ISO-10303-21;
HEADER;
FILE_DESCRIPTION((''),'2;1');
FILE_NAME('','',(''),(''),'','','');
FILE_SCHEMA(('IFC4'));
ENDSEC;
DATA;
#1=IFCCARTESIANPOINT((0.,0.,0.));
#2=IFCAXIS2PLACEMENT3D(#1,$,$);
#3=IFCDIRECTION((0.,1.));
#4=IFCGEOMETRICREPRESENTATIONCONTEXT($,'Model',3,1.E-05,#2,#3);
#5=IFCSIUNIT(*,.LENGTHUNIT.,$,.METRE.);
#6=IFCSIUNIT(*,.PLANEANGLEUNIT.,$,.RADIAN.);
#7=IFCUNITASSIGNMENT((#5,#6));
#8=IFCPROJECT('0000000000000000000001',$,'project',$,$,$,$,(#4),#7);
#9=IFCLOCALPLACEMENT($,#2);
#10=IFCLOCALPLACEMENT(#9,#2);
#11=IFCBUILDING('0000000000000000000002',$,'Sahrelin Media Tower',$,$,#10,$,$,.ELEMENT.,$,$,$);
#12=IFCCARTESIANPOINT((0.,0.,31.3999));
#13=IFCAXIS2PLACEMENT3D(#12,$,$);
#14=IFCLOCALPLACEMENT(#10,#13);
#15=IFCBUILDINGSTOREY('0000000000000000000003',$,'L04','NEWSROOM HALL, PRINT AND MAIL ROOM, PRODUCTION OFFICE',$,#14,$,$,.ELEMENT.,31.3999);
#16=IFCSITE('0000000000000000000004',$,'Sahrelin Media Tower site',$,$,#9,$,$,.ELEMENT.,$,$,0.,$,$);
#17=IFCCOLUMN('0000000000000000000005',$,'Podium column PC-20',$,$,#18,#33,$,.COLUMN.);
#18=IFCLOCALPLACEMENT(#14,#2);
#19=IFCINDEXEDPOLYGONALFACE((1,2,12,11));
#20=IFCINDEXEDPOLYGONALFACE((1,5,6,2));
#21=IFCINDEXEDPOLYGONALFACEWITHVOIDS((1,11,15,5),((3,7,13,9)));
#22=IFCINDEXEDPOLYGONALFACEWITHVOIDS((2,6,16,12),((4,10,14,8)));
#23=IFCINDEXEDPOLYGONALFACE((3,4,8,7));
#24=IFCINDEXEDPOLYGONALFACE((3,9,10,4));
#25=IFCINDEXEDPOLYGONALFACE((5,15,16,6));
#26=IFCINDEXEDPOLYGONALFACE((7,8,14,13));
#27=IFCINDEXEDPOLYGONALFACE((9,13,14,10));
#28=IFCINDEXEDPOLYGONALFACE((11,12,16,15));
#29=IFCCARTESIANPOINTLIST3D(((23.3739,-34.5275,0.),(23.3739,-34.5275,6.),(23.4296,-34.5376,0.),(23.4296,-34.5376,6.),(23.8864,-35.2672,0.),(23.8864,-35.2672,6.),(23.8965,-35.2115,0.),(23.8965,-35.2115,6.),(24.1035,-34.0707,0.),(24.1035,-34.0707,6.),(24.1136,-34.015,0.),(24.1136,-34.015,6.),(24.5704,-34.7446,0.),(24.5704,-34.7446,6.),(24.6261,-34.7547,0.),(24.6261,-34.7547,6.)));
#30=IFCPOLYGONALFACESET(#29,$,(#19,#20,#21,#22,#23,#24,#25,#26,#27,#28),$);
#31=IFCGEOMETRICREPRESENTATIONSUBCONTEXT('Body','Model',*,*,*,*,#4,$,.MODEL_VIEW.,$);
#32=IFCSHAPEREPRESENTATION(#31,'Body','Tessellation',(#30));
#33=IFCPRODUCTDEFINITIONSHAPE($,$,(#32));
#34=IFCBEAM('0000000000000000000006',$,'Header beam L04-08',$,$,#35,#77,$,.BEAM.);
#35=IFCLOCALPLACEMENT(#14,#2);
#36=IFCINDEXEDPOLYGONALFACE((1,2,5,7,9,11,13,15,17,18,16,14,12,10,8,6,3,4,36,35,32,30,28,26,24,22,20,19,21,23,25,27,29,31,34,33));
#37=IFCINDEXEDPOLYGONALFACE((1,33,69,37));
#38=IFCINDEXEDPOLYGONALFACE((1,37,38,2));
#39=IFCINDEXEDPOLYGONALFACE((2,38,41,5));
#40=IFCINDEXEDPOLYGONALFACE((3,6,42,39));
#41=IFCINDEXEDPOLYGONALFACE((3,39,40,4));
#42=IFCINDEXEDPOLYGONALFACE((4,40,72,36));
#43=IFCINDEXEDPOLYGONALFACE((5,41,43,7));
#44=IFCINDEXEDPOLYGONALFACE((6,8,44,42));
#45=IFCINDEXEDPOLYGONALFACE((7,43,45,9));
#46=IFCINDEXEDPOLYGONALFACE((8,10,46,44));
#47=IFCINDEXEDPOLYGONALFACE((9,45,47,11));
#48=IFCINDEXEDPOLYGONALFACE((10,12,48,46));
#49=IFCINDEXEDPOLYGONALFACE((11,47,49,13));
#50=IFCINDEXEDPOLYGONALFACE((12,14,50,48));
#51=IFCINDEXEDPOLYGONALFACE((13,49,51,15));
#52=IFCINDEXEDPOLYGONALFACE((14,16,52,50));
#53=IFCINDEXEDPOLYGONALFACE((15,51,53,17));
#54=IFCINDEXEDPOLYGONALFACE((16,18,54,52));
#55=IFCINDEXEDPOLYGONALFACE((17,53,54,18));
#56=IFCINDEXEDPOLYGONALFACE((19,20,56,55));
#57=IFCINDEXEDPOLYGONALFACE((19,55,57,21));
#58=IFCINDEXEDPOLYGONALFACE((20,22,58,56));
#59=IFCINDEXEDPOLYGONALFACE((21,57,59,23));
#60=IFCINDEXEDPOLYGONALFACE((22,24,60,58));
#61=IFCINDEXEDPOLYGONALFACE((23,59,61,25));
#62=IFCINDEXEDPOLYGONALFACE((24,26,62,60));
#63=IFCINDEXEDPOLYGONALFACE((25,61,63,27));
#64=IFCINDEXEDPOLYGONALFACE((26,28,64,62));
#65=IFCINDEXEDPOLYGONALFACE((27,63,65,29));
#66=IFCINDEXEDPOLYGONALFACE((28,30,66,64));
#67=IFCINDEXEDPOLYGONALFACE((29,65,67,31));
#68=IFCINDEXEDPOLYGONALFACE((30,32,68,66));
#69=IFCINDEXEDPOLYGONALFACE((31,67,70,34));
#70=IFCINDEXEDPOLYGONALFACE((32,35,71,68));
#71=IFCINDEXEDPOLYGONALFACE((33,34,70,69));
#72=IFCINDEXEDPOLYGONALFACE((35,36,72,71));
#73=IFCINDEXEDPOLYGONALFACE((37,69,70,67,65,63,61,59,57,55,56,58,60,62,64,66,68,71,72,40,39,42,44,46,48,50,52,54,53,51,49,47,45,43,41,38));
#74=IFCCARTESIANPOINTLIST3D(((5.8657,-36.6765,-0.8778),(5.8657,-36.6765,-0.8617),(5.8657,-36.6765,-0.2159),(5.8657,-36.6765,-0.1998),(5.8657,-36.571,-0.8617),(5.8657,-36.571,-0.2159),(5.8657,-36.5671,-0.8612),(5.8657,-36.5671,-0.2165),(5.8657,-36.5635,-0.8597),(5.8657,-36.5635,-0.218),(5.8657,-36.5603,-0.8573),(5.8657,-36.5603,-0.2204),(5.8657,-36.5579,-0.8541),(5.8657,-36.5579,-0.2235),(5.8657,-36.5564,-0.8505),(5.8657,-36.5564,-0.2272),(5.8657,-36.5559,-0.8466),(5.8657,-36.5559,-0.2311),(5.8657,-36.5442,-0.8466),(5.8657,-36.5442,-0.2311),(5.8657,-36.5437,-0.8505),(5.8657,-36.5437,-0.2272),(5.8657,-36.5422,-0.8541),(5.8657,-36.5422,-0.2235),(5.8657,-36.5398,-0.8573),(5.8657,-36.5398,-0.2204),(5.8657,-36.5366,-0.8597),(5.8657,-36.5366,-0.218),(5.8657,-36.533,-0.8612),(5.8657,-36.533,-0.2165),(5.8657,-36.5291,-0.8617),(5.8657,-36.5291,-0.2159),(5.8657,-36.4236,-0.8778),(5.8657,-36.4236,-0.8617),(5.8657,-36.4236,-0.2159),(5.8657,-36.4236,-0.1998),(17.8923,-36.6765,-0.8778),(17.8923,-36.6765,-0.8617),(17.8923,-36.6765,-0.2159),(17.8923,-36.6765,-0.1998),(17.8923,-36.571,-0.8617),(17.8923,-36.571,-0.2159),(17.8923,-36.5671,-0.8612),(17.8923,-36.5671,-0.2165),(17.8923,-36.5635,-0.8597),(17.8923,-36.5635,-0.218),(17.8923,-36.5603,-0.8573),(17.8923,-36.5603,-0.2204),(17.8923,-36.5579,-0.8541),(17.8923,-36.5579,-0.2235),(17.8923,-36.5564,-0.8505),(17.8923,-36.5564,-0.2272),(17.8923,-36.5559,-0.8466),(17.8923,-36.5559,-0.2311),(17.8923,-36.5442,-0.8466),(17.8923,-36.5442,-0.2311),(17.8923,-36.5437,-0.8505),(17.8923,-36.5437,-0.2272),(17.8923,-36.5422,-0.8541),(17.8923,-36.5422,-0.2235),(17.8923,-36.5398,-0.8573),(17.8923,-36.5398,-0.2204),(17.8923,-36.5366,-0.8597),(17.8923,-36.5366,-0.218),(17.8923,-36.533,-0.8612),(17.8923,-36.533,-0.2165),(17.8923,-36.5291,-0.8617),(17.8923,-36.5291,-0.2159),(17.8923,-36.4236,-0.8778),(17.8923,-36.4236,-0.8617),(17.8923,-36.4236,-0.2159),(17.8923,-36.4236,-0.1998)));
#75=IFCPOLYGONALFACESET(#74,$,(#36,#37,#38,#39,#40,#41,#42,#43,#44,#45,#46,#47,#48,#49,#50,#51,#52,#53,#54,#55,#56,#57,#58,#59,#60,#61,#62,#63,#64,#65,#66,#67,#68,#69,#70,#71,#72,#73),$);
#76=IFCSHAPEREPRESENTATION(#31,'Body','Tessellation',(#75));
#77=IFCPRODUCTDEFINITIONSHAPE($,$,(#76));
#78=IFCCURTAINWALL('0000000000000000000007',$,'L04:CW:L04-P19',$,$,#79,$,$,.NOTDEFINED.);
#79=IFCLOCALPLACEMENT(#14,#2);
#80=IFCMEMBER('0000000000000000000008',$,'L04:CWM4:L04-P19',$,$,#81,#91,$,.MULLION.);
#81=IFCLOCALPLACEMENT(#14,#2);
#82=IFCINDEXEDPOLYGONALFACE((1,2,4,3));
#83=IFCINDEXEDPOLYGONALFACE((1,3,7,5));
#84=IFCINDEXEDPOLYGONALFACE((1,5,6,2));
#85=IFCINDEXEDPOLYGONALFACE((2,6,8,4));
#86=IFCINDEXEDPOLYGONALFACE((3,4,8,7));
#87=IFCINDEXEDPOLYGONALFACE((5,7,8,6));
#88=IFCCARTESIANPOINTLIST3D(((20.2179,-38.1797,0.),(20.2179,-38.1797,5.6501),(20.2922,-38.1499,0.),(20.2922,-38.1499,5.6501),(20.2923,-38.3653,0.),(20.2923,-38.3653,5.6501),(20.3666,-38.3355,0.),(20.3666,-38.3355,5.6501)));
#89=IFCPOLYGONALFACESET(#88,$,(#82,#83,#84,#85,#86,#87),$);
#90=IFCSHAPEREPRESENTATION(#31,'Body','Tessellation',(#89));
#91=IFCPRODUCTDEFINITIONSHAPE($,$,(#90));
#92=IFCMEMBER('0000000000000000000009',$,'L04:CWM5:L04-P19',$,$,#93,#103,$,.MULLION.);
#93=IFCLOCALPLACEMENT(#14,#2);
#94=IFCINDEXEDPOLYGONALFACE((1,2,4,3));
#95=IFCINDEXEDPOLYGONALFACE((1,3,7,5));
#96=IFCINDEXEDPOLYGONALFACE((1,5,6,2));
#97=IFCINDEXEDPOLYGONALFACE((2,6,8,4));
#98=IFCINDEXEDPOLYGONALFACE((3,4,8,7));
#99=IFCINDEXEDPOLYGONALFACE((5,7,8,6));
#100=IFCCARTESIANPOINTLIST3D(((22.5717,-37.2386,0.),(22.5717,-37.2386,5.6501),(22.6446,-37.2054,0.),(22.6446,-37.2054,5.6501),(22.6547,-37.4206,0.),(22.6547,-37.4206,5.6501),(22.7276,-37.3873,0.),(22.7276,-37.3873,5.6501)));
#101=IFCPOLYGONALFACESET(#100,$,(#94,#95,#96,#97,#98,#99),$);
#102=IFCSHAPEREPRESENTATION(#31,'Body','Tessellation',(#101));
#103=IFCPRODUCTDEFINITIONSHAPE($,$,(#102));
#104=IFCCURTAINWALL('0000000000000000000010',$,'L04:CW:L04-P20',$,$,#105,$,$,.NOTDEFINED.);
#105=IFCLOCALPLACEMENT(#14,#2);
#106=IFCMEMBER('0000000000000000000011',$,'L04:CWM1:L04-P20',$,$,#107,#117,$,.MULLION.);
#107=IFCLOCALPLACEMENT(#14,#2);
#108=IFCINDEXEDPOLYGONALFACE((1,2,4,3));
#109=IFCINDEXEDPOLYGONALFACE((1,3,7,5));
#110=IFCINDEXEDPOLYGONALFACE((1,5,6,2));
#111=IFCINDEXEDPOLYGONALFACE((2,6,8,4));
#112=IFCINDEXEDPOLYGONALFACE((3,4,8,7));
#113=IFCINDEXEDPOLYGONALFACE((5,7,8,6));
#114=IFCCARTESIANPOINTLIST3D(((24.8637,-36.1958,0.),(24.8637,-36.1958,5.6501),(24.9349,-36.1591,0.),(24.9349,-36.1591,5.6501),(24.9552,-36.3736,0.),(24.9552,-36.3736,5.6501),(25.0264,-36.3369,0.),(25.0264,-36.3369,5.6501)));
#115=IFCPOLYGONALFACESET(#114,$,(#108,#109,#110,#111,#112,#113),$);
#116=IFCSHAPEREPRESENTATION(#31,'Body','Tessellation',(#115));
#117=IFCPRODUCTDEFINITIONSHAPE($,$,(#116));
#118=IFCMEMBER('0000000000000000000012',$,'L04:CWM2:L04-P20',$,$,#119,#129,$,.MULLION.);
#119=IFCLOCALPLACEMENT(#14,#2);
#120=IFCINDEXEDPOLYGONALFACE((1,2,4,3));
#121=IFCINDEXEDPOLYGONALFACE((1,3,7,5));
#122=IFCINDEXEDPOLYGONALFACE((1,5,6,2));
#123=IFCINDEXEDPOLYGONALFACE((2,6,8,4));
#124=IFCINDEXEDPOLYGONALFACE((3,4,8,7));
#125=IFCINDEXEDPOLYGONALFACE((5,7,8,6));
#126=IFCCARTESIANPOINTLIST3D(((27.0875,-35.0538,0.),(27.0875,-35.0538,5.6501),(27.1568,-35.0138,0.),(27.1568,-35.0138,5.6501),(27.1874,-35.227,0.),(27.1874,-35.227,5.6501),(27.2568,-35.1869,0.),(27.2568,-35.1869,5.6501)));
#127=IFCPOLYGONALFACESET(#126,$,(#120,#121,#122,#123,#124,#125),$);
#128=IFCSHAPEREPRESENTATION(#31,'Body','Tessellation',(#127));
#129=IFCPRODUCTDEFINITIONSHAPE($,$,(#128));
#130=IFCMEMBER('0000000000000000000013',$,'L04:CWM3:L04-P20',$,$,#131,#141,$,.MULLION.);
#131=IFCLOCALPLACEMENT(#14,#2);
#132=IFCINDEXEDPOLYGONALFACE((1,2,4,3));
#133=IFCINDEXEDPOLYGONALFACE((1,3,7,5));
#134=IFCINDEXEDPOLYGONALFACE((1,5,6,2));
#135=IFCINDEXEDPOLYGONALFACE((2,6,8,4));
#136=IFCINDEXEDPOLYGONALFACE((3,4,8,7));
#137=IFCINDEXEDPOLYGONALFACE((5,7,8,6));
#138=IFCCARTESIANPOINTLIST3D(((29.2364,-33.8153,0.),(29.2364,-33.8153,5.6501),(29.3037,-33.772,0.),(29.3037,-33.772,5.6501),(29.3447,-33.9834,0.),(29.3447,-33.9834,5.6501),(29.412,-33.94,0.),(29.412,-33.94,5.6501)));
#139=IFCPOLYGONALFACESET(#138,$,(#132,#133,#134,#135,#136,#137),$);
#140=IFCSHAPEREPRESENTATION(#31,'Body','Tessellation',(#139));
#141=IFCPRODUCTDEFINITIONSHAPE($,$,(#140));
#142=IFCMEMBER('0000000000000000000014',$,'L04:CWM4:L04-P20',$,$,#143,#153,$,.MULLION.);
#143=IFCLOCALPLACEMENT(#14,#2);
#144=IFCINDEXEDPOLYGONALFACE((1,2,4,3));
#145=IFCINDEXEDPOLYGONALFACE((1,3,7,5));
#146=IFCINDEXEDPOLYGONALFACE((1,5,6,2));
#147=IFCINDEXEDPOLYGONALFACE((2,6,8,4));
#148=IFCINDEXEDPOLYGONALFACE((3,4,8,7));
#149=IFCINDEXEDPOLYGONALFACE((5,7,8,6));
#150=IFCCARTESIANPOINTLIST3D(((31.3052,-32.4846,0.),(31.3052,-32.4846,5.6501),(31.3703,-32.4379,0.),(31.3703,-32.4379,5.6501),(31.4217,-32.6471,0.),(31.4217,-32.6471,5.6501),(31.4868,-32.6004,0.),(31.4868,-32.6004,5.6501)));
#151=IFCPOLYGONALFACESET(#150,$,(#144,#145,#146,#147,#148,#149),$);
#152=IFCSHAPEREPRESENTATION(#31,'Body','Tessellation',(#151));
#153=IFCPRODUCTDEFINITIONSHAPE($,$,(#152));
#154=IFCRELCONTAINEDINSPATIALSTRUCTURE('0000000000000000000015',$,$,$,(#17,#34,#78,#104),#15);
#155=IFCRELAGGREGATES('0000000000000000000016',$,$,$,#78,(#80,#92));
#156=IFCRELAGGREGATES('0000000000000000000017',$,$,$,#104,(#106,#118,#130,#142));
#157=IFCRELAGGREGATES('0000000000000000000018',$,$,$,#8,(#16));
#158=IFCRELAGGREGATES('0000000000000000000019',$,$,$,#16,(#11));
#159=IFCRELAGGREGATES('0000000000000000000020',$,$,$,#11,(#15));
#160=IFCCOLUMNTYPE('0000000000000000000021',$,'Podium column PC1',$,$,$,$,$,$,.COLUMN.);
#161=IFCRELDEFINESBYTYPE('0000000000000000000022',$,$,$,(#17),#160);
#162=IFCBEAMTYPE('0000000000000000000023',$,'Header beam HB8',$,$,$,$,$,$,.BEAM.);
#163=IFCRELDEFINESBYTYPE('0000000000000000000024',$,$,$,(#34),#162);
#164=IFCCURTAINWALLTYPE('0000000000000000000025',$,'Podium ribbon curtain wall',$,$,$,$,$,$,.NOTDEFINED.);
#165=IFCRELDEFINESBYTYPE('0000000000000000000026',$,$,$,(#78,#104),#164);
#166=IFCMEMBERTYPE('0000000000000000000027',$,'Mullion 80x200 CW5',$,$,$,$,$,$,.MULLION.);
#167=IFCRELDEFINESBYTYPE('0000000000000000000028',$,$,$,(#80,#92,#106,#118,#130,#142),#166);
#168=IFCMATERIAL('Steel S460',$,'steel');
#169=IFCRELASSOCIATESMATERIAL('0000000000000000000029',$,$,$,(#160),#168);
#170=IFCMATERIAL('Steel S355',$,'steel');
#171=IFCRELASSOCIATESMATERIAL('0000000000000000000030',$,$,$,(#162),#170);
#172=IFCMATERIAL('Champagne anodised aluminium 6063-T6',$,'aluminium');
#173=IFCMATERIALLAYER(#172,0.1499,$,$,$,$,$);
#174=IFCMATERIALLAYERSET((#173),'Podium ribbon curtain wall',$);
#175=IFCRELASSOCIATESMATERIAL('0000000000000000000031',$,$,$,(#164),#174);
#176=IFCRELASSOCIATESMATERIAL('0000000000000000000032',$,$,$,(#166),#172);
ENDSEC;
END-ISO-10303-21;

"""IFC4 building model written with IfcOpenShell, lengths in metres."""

from ifc_helpers import new_model, si_unit, direction, frame, origin, origin_2d, place, context, subcontext, project, spatial, rectangle, hollow_rectangle, i_section, extrude, material, layer, layer_set, material_profile, profile_set, type_object, element, aggregate, save


model = new_model("IFC4")

# Units and contexts
model_context = context("Model", 3, precision=1e-05, world=origin(), true_north=direction((0.0, 1.0)))
body_context = subcontext(model_context, "Body", "Model", "MODEL_VIEW")
ifc_project = project(units=[si_unit("LENGTHUNIT", "METRE"), si_unit("PLANEANGLEUNIT", "RADIAN")], contexts=[model_context])

# Site, building, storey
site_placement = place(None, origin())
site = spatial("IfcSite", under=ifc_project, at=site_placement, Name="Sahrelin Media Tower site", CompositionType="ELEMENT", RefElevation=0.0)
building_placement = place(site_placement, origin())
building = spatial("IfcBuilding", under=site, at=building_placement, Name="Sahrelin Media Tower", CompositionType="ELEMENT")
storey_placement = place(building_placement, frame((0.0, 0.0, 31.3999)))
storey = spatial("IfcBuildingStorey", under=building, at=storey_placement, Name="L04", Description="NEWSROOM HALL, PRINT AND MAIL ROOM, PRODUCTION OFFICE", CompositionType="ELEMENT", Elevation=31.3999)

# Column
ifc_material_1 = material(Name="Steel S460", Category="steel")
ifc_material_profile_1 = material_profile(ifc_material_1, hollow_rectangle(XDim=0.8999, YDim=0.8999, WallThickness=0.04, at=origin_2d()), Name="Podium column PC1")
ifc_profile_set_1 = profile_set([ifc_material_profile_1], Name="Steel S460")
column_type = type_object("IfcColumnType", Name="Podium column PC1", PredefinedType="COLUMN", material=ifc_profile_set_1)
column_placement = place(storey_placement, frame((24.0, -34.6411, 0.0), z_axis=(0.0, 0.0, 1.0), x_axis=(0.569495, -0.821995, 0.0)))
element("IfcColumn", 1, at=column_placement, inside=storey, type_object=column_type, Name="Podium column PC-20", PredefinedType="COLUMN", context=body_context, shape_type="SweptSolid", body=[
    extrude(hollow_rectangle(XDim=0.8999, YDim=0.8999, WallThickness=0.04, at=origin_2d()), origin(), (0.0, 0.0, 1.0), 6.0),
])

# Beam
ifc_material_2 = material(Name="Steel S355", Category="steel")
ifc_material_profile_2 = material_profile(ifc_material_2, i_section(OverallWidth=0.2529, OverallDepth=0.678, WebThickness=0.0117, FlangeThickness=0.0161, FilletRadius=0.0151, at=origin_2d()), Name="UB 686x254x125")
ifc_profile_set_2 = profile_set([ifc_material_profile_2], Name="Steel S355")
beam_type_1 = type_object("IfcBeamType", Name="Header beam HB8", PredefinedType="BEAM", material=ifc_profile_set_2)
beam_1_placement = place(storey_placement, frame((17.8923, -36.55, -0.5388), z_axis=(-1.0, 0.0, 0.0), x_axis=(0.0, -1.0, 0.0)))
element("IfcBeam", 2, at=beam_1_placement, inside=storey, type_object=beam_type_1, Name="Header beam L04-08", PredefinedType="BEAM", context=body_context, shape_type="SweptSolid", body=[
    extrude(i_section(OverallWidth=0.2529, OverallDepth=0.678, WebThickness=0.0117, FlangeThickness=0.0161, FilletRadius=0.0151, at=origin_2d()), origin(), (0.0, 0.0, 1.0), 12.0266),
])

# Curtain walls, members
ifc_material_3 = material(Name="Champagne anodised aluminium 6063-T6", Category="aluminium")
ifc_layer_1 = layer(ifc_material_3, 0.1499)
ifc_layer_set_1 = layer_set([ifc_layer_1], Name="Podium ribbon curtain wall")
curtain_wall_type = type_object("IfcCurtainWallType", Name="Podium ribbon curtain wall", PredefinedType="NOTDEFINED", material=ifc_layer_set_1)
curtain_wall_1_placement = place(storey_placement, frame((12.9409, -40.5688, 0.0), z_axis=(0.0, 0.0, 1.0), x_axis=(1.0, 0.0, 0.0)))
curtain_wall_1 = element("IfcCurtainWall", 3, at=curtain_wall_1_placement, inside=storey, type_object=curtain_wall_type, Name="L04:CW:L04-P19", PredefinedType="NOTDEFINED")
ifc_material_profile_3 = material_profile(ifc_material_3, rectangle(XDim=0.0801, YDim=0.2, at=origin_2d()), Name="Mullion 80x200")
ifc_profile_set_3 = profile_set([ifc_material_profile_3], Name="Champagne anodised aluminium 6063-T6")
member_type_1 = type_object("IfcMemberType", Name="Mullion 80x200 CW5", PredefinedType="MULLION", material=ifc_profile_set_3)
member_1_placement = place(storey_placement, frame((20.2922, -38.2576, 0.0), z_axis=(0.0, 0.0, 1.0), x_axis=(0.92827, 0.371906, 0.0)))
member_1 = element("IfcMember", 4, at=member_1_placement, type_object=member_type_1, Name="L04:CWM4:L04-P19", PredefinedType="MULLION", context=body_context, shape_type="SweptSolid", body=[
    extrude(rectangle(XDim=0.0801, YDim=0.2, at=origin_2d()), origin(), (0.0, 0.0, 1.0), 5.6501),
])
member_2_placement = place(storey_placement, frame((22.6497, -37.313, 0.0), z_axis=(0.0, 0.0, 1.0), x_axis=(0.909842, 0.414955, 0.0)))
member_2 = element("IfcMember", 5, at=member_2_placement, type_object=member_type_1, Name="L04:CWM5:L04-P19", PredefinedType="MULLION", context=body_context, shape_type="SweptSolid", body=[
    extrude(rectangle(XDim=0.0801, YDim=0.2, at=origin_2d()), origin(), (0.0, 0.0, 1.0), 5.6501),
])
curtain_wall_2_placement = place(storey_placement, frame((25.0, -36.373, 0.0), z_axis=(0.0, 0.0, 1.0), x_axis=(1.0, 0.0, 0.0)))
curtain_wall_2 = element("IfcCurtainWall", 6, at=curtain_wall_2_placement, inside=storey, type_object=curtain_wall_type, Name="L04:CW:L04-P20", PredefinedType="NOTDEFINED")
member_3_placement = place(storey_placement, frame((24.9451, -36.2664, 0.0), z_axis=(0.0, 0.0, 1.0), x_axis=(0.889123, 0.457668, 0.0)))
member_3 = element("IfcMember", 7, at=member_3_placement, type_object=member_type_1, Name="L04:CWM1:L04-P20", PredefinedType="MULLION", context=body_context, shape_type="SweptSolid", body=[
    extrude(rectangle(XDim=0.0801, YDim=0.2, at=origin_2d()), origin(), (0.0, 0.0, 1.0), 5.6501),
])
member_4_placement = place(storey_placement, frame((27.1721, -35.1204, 0.0), z_axis=(0.0, 0.0, 1.0), x_axis=(0.866029, 0.499994, 0.0)))
member_4 = element("IfcMember", 8, at=member_4_placement, type_object=member_type_1, Name="L04:CWM2:L04-P20", PredefinedType="MULLION", context=body_context, shape_type="SweptSolid", body=[
    extrude(rectangle(XDim=0.0801, YDim=0.2, at=origin_2d()), origin(), (0.0, 0.0, 1.0), 5.6501),
])
member_5_placement = place(storey_placement, frame((29.3242, -33.8777, 0.0), z_axis=(0.0, 0.0, 1.0), x_axis=(0.840519, 0.541782, 0.0)))
member_5 = element("IfcMember", 9, at=member_5_placement, type_object=member_type_1, Name="L04:CWM3:L04-P20", PredefinedType="MULLION", context=body_context, shape_type="SweptSolid", body=[
    extrude(rectangle(XDim=0.0801, YDim=0.2, at=origin_2d()), origin(), (0.0, 0.0, 1.0), 5.6501),
])
member_6_placement = place(storey_placement, frame((31.396, -32.5425, 0.0), z_axis=(0.0, 0.0, 1.0), x_axis=(0.812532, 0.582916, 0.0)))
member_6 = element("IfcMember", 10, at=member_6_placement, type_object=member_type_1, Name="L04:CWM4:L04-P20", PredefinedType="MULLION", context=body_context, shape_type="SweptSolid", body=[
    extrude(rectangle(XDim=0.0801, YDim=0.2, at=origin_2d()), origin(), (0.0, 0.0, 1.0), 5.6501),
])

aggregate(curtain_wall_1, [member_1, member_2])
aggregate(curtain_wall_2, [member_3, member_4, member_5, member_6])

save(model, "model.ifc")
